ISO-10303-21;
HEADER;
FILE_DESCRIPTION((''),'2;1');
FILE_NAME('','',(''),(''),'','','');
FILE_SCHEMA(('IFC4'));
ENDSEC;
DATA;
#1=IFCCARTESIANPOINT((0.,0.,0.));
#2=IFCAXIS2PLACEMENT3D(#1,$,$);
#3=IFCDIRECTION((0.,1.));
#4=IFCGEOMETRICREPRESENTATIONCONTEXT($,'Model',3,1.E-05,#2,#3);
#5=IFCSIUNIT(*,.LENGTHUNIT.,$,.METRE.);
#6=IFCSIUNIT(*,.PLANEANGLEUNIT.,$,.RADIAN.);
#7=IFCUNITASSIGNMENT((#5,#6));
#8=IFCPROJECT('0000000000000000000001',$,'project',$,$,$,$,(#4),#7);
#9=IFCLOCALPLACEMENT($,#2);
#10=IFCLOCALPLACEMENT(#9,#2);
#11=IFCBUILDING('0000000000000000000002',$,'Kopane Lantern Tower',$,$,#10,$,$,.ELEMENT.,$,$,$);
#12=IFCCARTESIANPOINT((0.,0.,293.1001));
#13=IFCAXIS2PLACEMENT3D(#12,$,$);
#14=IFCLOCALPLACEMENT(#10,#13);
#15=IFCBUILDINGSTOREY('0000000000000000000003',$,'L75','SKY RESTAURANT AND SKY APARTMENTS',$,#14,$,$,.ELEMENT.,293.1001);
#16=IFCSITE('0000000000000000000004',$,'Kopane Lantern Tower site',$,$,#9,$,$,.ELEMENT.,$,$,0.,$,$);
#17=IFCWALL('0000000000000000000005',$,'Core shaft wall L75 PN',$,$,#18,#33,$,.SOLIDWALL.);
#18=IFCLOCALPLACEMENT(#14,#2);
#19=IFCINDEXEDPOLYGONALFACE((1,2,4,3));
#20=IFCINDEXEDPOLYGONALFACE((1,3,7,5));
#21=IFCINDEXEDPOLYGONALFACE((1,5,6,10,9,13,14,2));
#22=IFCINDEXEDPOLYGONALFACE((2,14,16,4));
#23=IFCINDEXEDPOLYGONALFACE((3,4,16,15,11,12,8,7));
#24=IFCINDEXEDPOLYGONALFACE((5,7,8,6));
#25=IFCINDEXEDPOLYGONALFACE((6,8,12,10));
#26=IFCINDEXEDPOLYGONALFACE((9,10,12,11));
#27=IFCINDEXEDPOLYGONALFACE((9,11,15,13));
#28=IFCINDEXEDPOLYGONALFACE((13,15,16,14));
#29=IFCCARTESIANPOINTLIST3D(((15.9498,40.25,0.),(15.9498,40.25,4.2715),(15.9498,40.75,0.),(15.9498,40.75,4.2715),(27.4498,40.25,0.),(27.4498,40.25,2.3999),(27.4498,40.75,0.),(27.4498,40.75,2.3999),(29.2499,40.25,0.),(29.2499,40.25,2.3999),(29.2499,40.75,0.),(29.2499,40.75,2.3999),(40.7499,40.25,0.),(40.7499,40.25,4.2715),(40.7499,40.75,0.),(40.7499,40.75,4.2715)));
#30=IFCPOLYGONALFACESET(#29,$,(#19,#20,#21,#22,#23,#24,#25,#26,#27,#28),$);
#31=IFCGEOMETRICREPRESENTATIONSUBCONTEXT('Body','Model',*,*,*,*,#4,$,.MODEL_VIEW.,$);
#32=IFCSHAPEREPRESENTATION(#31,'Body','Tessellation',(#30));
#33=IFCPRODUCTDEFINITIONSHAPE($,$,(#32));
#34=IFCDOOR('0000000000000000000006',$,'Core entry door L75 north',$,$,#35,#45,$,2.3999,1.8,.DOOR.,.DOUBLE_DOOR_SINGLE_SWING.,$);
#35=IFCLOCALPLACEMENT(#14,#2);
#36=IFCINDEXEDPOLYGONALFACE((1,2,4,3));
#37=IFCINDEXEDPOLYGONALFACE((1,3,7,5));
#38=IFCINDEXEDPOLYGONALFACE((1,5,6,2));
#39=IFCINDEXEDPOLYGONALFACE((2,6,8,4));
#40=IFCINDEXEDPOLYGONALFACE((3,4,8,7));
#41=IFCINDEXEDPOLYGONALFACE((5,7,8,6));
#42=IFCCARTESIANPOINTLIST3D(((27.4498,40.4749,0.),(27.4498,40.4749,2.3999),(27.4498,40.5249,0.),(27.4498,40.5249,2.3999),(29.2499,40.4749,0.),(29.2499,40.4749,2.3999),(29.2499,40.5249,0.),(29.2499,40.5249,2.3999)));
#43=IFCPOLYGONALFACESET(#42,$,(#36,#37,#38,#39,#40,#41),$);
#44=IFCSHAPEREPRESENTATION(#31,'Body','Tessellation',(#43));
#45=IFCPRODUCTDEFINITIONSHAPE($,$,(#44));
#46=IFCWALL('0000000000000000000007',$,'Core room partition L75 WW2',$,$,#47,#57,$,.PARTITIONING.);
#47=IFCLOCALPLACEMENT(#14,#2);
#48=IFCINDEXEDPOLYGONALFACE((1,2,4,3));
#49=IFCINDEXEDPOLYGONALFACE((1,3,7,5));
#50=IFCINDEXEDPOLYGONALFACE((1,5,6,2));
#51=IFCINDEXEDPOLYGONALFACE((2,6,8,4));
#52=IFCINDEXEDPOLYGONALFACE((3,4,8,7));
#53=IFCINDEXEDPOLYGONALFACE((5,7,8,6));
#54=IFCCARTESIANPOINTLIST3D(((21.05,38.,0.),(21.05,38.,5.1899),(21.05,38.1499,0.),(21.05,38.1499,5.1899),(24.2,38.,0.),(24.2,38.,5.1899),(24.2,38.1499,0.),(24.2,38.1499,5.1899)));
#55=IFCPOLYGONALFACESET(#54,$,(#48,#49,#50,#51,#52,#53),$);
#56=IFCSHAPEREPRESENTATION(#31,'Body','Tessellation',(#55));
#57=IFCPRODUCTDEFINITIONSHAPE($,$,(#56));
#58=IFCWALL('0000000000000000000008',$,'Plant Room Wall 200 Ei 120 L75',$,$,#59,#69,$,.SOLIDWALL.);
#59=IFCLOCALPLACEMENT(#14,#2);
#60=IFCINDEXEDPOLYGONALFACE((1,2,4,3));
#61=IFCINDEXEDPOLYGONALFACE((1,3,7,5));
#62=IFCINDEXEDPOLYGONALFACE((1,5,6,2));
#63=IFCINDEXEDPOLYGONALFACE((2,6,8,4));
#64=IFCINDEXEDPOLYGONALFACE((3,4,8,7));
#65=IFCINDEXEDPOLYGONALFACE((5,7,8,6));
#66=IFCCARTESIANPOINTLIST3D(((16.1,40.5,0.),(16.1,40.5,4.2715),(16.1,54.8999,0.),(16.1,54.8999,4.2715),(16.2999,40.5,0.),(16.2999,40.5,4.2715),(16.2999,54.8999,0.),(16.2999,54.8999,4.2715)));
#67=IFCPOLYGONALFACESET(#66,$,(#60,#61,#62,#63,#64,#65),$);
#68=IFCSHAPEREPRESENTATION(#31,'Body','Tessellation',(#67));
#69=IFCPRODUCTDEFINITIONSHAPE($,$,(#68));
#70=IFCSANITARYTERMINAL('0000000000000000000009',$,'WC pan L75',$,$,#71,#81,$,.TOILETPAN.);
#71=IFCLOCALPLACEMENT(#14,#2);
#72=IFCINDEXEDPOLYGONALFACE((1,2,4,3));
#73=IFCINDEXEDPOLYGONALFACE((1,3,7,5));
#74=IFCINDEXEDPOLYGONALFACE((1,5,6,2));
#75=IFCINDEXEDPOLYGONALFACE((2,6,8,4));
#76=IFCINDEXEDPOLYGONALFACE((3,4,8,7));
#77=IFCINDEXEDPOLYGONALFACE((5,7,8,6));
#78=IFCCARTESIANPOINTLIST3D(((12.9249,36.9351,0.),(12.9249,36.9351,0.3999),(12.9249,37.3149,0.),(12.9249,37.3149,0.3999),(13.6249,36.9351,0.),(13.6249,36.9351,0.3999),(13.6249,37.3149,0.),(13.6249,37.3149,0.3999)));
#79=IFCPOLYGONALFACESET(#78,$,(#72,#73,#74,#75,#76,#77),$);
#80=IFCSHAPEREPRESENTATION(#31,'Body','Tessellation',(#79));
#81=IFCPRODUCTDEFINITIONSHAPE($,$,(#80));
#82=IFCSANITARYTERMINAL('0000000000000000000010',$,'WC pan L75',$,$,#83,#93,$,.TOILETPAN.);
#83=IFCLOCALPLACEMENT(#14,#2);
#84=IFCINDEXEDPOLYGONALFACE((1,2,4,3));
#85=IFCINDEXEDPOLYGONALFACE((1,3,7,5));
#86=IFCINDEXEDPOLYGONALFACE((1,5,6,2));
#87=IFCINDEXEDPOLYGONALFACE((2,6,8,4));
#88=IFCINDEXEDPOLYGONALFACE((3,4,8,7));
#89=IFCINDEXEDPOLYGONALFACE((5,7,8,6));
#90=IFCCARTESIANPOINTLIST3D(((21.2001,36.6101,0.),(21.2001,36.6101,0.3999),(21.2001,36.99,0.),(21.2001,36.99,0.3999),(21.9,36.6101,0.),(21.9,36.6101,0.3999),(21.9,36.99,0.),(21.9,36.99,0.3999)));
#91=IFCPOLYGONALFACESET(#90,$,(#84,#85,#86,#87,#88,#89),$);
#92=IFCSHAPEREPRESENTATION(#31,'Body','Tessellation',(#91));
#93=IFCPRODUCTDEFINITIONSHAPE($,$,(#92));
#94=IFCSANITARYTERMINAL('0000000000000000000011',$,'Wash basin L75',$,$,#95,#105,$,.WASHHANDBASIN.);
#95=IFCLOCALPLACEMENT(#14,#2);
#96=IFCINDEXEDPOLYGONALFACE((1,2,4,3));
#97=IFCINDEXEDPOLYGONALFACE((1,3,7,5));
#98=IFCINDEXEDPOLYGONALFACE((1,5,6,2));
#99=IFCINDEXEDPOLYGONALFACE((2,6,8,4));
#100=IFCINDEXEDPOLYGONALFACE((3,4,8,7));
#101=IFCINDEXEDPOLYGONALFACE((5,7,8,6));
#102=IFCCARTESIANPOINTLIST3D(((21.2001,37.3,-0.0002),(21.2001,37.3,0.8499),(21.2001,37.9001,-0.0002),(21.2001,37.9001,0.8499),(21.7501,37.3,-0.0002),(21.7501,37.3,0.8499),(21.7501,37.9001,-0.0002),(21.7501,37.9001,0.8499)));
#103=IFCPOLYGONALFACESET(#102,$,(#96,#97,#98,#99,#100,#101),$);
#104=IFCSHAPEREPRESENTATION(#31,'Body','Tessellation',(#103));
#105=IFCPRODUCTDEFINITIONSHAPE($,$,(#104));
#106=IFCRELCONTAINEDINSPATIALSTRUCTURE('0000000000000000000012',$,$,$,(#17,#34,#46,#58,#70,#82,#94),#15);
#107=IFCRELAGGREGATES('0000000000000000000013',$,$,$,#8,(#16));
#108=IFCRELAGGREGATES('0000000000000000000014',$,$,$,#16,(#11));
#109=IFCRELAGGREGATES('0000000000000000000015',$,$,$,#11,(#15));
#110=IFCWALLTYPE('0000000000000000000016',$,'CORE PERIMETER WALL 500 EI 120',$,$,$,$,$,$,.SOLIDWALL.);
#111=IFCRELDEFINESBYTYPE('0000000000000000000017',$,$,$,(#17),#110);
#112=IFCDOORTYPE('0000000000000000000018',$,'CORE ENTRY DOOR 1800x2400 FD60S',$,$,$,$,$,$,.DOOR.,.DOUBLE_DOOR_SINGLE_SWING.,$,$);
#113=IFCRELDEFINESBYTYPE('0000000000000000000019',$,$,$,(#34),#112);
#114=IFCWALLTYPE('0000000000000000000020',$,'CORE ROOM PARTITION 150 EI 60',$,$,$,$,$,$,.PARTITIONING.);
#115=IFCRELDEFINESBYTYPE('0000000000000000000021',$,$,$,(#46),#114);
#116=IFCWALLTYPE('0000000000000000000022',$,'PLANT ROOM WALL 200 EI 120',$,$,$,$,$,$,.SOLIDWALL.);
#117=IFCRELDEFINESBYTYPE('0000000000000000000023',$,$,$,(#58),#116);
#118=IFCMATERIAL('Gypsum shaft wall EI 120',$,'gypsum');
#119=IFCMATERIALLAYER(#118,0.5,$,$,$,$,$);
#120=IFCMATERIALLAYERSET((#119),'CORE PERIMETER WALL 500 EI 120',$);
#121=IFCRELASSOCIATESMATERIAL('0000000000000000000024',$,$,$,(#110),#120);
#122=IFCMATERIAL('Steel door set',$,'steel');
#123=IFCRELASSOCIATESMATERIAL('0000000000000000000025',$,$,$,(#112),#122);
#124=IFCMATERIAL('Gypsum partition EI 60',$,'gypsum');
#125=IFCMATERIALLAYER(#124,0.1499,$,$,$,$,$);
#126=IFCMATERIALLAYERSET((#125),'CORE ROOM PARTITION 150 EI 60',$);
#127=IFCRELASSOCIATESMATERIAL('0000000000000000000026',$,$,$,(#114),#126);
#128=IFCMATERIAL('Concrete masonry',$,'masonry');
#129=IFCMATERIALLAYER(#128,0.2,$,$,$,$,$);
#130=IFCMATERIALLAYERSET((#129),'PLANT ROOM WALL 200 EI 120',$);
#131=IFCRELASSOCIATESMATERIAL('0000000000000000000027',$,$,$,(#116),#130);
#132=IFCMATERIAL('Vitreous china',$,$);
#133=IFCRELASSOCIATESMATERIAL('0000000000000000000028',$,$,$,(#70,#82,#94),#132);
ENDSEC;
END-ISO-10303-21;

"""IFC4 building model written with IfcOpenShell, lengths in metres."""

from ifc_helpers import new_model, si_unit, direction, frame, frame_2d, origin, origin_2d, place, context, subcontext, project, spatial, rectangle, extrude, material, layer, layer_set, type_object, element, fill, save


model = new_model("IFC4")

# Units and contexts
model_context = context("Model", 3, precision=1e-05, world=origin(), true_north=direction((0.0, 1.0)))
body_context = subcontext(model_context, "Body", "Model", "MODEL_VIEW")
ifc_project = project(units=[si_unit("LENGTHUNIT", "METRE"), si_unit("PLANEANGLEUNIT", "RADIAN")], contexts=[model_context])

# Site, building, storey
site_placement = place(None, origin())
site = spatial("IfcSite", under=ifc_project, at=site_placement, Name="Kopane Lantern Tower site", CompositionType="ELEMENT", RefElevation=0.0)
building_placement = place(site_placement, origin())
building = spatial("IfcBuilding", under=site, at=building_placement, Name="Kopane Lantern Tower", CompositionType="ELEMENT")
storey_placement = place(building_placement, frame((0.0, 0.0, 293.1001)))
storey = spatial("IfcBuildingStorey", under=building, at=storey_placement, Name="L75", Description="SKY RESTAURANT AND SKY APARTMENTS", CompositionType="ELEMENT", Elevation=293.1001)

# Wall, opening, door
ifc_material_1 = material(Name="Gypsum shaft wall EI 120", Category="gypsum")
ifc_layer_1 = layer(ifc_material_1, 0.5)
ifc_layer_set_1 = layer_set([ifc_layer_1], Name="CORE PERIMETER WALL 500 EI 120")
wall_type_1 = type_object("IfcWallType", Name="CORE PERIMETER WALL 500 EI 120", PredefinedType="SOLIDWALL", material=ifc_layer_set_1)
wall_1_placement = place(storey_placement, frame((15.95, 40.5, 0.0), z_axis=(0.0, 0.0, 1.0), x_axis=(1.0, 0.0, 0.0)))
wall_1 = element("IfcWall", 1, at=wall_1_placement, inside=storey, type_object=wall_type_1, Name="Core shaft wall L75 PN", PredefinedType="SOLIDWALL", context=body_context, shape_type="SweptSolid", body=[
    extrude(rectangle(XDim=24.8, YDim=0.5, at=frame_2d((12.3999, 0.0))), origin(), (0.0, 0.0, 1.0), 4.2715),
])
opening_placement = place(wall_1_placement, frame((11.5, 0.0, 0.0)))
opening = element("IfcOpeningElement", 2, at=opening_placement, cuts=wall_1, PredefinedType="OPENING", context=body_context, shape_type="SweptSolid", body=[
    extrude(rectangle(XDim=1.8, YDim=2.3999, at=frame_2d((0.8999, 1.2))), frame((0.0, 0.26, 0.0), z_axis=(0.0, -1.0, 0.0), x_axis=(1.0, 0.0, 0.0)), (0.0, 0.0, 1.0), 0.52),
])
ifc_material_2 = material(Name="Steel door set", Category="steel")
door_type = type_object("IfcDoorType", Name="CORE ENTRY DOOR 1800x2400 FD60S", OperationType="DOUBLE_DOOR_SINGLE_SWING", PredefinedType="DOOR", material=ifc_material_2)
door_placement = place(opening_placement, origin())
door = element("IfcDoor", 3, at=door_placement, inside=storey, type_object=door_type, Name="Core entry door L75 north", OperationType="DOUBLE_DOOR_SINGLE_SWING", OverallHeight=2.3999, OverallWidth=1.8, PredefinedType="DOOR", context=body_context, shape_type="SweptSolid", body=[
    extrude(rectangle(XDim=1.8, YDim=2.3999, at=frame_2d((0.8999, 1.2))), frame((0.0, 0.0249, 0.0), z_axis=(0.0, -1.0, 0.0), x_axis=(1.0, 0.0, 0.0)), (0.0, 0.0, 1.0), 0.05),
])
fill(opening, door)

# Walls
ifc_material_3 = material(Name="Gypsum partition EI 60", Category="gypsum")
ifc_layer_2 = layer(ifc_material_3, 0.1499)
ifc_layer_set_2 = layer_set([ifc_layer_2], Name="CORE ROOM PARTITION 150 EI 60")
wall_type_2 = type_object("IfcWallType", Name="CORE ROOM PARTITION 150 EI 60", PredefinedType="PARTITIONING", material=ifc_layer_set_2)
wall_2_placement = place(storey_placement, frame((21.05, 38.075, 0.0), z_axis=(0.0, 0.0, 1.0), x_axis=(1.0, 0.0, 0.0)))
element("IfcWall", 4, at=wall_2_placement, inside=storey, type_object=wall_type_2, Name="Core room partition L75 WW2", PredefinedType="PARTITIONING", context=body_context, shape_type="SweptSolid", body=[
    extrude(rectangle(XDim=3.1499, YDim=0.1499, at=frame_2d((1.575, 0.0))), origin(), (0.0, 0.0, 1.0), 5.1899),
])
ifc_material_4 = material(Name="Concrete masonry", Category="masonry")
ifc_layer_3 = layer(ifc_material_4, 0.2)
ifc_layer_set_3 = layer_set([ifc_layer_3], Name="PLANT ROOM WALL 200 EI 120")
wall_type_3 = type_object("IfcWallType", Name="PLANT ROOM WALL 200 EI 120", PredefinedType="SOLIDWALL", material=ifc_layer_set_3)
wall_3_placement = place(storey_placement, frame((16.2, 40.5, 0.0), z_axis=(0.0, 0.0, 1.0), x_axis=(0.0, 1.0, 0.0)))
element("IfcWall", 5, at=wall_3_placement, inside=storey, type_object=wall_type_3, Name="Plant Room Wall 200 Ei 120 L75", PredefinedType="SOLIDWALL", context=body_context, shape_type="SweptSolid", body=[
    extrude(rectangle(XDim=14.3999, YDim=0.2, at=frame_2d((7.2, 0.0))), origin(), (0.0, 0.0, 1.0), 4.2715),
])

# Sanitary terminals
ifc_material_5 = material(Name="Vitreous china")
for number, where, z_axis, x_axis, name in (
    (6, (13.2749, 37.125, 0.0), (0.0, 0.0, 1.0), (1.0, 0.0, 0.0), "WC pan L75"),
    (7, (21.55, 36.8, 0.0), (0.0, 0.0, 1.0), (1.0, 0.0, 0.0), "WC pan L75"),
):
    element("IfcSanitaryTerminal", number, at=place(storey_placement, frame(where, z_axis=z_axis, x_axis=x_axis)), inside=storey, material=ifc_material_5, Name=name, PredefinedType="TOILETPAN", context=body_context, shape_type="SweptSolid", body=[
        extrude(rectangle(XDim=0.7, YDim=0.3799, at=origin_2d()), origin(), (0.0, 0.0, 1.0), 0.3999),
    ])
sanitary_terminal_placement = place(storey_placement, frame((21.4751, 37.6001, -0.0002), z_axis=(0.0, 0.0, 1.0), x_axis=(1.0, 0.0, 0.0)))
element("IfcSanitaryTerminal", 8, at=sanitary_terminal_placement, inside=storey, material=ifc_material_5, Name="Wash basin L75", PredefinedType="WASHHANDBASIN", context=body_context, shape_type="SweptSolid", body=[
    extrude(rectangle(XDim=0.55, YDim=0.6001, at=origin_2d()), origin(), (0.0, 0.0, 1.0), 0.8501),
])

save(model, "model.ifc")
